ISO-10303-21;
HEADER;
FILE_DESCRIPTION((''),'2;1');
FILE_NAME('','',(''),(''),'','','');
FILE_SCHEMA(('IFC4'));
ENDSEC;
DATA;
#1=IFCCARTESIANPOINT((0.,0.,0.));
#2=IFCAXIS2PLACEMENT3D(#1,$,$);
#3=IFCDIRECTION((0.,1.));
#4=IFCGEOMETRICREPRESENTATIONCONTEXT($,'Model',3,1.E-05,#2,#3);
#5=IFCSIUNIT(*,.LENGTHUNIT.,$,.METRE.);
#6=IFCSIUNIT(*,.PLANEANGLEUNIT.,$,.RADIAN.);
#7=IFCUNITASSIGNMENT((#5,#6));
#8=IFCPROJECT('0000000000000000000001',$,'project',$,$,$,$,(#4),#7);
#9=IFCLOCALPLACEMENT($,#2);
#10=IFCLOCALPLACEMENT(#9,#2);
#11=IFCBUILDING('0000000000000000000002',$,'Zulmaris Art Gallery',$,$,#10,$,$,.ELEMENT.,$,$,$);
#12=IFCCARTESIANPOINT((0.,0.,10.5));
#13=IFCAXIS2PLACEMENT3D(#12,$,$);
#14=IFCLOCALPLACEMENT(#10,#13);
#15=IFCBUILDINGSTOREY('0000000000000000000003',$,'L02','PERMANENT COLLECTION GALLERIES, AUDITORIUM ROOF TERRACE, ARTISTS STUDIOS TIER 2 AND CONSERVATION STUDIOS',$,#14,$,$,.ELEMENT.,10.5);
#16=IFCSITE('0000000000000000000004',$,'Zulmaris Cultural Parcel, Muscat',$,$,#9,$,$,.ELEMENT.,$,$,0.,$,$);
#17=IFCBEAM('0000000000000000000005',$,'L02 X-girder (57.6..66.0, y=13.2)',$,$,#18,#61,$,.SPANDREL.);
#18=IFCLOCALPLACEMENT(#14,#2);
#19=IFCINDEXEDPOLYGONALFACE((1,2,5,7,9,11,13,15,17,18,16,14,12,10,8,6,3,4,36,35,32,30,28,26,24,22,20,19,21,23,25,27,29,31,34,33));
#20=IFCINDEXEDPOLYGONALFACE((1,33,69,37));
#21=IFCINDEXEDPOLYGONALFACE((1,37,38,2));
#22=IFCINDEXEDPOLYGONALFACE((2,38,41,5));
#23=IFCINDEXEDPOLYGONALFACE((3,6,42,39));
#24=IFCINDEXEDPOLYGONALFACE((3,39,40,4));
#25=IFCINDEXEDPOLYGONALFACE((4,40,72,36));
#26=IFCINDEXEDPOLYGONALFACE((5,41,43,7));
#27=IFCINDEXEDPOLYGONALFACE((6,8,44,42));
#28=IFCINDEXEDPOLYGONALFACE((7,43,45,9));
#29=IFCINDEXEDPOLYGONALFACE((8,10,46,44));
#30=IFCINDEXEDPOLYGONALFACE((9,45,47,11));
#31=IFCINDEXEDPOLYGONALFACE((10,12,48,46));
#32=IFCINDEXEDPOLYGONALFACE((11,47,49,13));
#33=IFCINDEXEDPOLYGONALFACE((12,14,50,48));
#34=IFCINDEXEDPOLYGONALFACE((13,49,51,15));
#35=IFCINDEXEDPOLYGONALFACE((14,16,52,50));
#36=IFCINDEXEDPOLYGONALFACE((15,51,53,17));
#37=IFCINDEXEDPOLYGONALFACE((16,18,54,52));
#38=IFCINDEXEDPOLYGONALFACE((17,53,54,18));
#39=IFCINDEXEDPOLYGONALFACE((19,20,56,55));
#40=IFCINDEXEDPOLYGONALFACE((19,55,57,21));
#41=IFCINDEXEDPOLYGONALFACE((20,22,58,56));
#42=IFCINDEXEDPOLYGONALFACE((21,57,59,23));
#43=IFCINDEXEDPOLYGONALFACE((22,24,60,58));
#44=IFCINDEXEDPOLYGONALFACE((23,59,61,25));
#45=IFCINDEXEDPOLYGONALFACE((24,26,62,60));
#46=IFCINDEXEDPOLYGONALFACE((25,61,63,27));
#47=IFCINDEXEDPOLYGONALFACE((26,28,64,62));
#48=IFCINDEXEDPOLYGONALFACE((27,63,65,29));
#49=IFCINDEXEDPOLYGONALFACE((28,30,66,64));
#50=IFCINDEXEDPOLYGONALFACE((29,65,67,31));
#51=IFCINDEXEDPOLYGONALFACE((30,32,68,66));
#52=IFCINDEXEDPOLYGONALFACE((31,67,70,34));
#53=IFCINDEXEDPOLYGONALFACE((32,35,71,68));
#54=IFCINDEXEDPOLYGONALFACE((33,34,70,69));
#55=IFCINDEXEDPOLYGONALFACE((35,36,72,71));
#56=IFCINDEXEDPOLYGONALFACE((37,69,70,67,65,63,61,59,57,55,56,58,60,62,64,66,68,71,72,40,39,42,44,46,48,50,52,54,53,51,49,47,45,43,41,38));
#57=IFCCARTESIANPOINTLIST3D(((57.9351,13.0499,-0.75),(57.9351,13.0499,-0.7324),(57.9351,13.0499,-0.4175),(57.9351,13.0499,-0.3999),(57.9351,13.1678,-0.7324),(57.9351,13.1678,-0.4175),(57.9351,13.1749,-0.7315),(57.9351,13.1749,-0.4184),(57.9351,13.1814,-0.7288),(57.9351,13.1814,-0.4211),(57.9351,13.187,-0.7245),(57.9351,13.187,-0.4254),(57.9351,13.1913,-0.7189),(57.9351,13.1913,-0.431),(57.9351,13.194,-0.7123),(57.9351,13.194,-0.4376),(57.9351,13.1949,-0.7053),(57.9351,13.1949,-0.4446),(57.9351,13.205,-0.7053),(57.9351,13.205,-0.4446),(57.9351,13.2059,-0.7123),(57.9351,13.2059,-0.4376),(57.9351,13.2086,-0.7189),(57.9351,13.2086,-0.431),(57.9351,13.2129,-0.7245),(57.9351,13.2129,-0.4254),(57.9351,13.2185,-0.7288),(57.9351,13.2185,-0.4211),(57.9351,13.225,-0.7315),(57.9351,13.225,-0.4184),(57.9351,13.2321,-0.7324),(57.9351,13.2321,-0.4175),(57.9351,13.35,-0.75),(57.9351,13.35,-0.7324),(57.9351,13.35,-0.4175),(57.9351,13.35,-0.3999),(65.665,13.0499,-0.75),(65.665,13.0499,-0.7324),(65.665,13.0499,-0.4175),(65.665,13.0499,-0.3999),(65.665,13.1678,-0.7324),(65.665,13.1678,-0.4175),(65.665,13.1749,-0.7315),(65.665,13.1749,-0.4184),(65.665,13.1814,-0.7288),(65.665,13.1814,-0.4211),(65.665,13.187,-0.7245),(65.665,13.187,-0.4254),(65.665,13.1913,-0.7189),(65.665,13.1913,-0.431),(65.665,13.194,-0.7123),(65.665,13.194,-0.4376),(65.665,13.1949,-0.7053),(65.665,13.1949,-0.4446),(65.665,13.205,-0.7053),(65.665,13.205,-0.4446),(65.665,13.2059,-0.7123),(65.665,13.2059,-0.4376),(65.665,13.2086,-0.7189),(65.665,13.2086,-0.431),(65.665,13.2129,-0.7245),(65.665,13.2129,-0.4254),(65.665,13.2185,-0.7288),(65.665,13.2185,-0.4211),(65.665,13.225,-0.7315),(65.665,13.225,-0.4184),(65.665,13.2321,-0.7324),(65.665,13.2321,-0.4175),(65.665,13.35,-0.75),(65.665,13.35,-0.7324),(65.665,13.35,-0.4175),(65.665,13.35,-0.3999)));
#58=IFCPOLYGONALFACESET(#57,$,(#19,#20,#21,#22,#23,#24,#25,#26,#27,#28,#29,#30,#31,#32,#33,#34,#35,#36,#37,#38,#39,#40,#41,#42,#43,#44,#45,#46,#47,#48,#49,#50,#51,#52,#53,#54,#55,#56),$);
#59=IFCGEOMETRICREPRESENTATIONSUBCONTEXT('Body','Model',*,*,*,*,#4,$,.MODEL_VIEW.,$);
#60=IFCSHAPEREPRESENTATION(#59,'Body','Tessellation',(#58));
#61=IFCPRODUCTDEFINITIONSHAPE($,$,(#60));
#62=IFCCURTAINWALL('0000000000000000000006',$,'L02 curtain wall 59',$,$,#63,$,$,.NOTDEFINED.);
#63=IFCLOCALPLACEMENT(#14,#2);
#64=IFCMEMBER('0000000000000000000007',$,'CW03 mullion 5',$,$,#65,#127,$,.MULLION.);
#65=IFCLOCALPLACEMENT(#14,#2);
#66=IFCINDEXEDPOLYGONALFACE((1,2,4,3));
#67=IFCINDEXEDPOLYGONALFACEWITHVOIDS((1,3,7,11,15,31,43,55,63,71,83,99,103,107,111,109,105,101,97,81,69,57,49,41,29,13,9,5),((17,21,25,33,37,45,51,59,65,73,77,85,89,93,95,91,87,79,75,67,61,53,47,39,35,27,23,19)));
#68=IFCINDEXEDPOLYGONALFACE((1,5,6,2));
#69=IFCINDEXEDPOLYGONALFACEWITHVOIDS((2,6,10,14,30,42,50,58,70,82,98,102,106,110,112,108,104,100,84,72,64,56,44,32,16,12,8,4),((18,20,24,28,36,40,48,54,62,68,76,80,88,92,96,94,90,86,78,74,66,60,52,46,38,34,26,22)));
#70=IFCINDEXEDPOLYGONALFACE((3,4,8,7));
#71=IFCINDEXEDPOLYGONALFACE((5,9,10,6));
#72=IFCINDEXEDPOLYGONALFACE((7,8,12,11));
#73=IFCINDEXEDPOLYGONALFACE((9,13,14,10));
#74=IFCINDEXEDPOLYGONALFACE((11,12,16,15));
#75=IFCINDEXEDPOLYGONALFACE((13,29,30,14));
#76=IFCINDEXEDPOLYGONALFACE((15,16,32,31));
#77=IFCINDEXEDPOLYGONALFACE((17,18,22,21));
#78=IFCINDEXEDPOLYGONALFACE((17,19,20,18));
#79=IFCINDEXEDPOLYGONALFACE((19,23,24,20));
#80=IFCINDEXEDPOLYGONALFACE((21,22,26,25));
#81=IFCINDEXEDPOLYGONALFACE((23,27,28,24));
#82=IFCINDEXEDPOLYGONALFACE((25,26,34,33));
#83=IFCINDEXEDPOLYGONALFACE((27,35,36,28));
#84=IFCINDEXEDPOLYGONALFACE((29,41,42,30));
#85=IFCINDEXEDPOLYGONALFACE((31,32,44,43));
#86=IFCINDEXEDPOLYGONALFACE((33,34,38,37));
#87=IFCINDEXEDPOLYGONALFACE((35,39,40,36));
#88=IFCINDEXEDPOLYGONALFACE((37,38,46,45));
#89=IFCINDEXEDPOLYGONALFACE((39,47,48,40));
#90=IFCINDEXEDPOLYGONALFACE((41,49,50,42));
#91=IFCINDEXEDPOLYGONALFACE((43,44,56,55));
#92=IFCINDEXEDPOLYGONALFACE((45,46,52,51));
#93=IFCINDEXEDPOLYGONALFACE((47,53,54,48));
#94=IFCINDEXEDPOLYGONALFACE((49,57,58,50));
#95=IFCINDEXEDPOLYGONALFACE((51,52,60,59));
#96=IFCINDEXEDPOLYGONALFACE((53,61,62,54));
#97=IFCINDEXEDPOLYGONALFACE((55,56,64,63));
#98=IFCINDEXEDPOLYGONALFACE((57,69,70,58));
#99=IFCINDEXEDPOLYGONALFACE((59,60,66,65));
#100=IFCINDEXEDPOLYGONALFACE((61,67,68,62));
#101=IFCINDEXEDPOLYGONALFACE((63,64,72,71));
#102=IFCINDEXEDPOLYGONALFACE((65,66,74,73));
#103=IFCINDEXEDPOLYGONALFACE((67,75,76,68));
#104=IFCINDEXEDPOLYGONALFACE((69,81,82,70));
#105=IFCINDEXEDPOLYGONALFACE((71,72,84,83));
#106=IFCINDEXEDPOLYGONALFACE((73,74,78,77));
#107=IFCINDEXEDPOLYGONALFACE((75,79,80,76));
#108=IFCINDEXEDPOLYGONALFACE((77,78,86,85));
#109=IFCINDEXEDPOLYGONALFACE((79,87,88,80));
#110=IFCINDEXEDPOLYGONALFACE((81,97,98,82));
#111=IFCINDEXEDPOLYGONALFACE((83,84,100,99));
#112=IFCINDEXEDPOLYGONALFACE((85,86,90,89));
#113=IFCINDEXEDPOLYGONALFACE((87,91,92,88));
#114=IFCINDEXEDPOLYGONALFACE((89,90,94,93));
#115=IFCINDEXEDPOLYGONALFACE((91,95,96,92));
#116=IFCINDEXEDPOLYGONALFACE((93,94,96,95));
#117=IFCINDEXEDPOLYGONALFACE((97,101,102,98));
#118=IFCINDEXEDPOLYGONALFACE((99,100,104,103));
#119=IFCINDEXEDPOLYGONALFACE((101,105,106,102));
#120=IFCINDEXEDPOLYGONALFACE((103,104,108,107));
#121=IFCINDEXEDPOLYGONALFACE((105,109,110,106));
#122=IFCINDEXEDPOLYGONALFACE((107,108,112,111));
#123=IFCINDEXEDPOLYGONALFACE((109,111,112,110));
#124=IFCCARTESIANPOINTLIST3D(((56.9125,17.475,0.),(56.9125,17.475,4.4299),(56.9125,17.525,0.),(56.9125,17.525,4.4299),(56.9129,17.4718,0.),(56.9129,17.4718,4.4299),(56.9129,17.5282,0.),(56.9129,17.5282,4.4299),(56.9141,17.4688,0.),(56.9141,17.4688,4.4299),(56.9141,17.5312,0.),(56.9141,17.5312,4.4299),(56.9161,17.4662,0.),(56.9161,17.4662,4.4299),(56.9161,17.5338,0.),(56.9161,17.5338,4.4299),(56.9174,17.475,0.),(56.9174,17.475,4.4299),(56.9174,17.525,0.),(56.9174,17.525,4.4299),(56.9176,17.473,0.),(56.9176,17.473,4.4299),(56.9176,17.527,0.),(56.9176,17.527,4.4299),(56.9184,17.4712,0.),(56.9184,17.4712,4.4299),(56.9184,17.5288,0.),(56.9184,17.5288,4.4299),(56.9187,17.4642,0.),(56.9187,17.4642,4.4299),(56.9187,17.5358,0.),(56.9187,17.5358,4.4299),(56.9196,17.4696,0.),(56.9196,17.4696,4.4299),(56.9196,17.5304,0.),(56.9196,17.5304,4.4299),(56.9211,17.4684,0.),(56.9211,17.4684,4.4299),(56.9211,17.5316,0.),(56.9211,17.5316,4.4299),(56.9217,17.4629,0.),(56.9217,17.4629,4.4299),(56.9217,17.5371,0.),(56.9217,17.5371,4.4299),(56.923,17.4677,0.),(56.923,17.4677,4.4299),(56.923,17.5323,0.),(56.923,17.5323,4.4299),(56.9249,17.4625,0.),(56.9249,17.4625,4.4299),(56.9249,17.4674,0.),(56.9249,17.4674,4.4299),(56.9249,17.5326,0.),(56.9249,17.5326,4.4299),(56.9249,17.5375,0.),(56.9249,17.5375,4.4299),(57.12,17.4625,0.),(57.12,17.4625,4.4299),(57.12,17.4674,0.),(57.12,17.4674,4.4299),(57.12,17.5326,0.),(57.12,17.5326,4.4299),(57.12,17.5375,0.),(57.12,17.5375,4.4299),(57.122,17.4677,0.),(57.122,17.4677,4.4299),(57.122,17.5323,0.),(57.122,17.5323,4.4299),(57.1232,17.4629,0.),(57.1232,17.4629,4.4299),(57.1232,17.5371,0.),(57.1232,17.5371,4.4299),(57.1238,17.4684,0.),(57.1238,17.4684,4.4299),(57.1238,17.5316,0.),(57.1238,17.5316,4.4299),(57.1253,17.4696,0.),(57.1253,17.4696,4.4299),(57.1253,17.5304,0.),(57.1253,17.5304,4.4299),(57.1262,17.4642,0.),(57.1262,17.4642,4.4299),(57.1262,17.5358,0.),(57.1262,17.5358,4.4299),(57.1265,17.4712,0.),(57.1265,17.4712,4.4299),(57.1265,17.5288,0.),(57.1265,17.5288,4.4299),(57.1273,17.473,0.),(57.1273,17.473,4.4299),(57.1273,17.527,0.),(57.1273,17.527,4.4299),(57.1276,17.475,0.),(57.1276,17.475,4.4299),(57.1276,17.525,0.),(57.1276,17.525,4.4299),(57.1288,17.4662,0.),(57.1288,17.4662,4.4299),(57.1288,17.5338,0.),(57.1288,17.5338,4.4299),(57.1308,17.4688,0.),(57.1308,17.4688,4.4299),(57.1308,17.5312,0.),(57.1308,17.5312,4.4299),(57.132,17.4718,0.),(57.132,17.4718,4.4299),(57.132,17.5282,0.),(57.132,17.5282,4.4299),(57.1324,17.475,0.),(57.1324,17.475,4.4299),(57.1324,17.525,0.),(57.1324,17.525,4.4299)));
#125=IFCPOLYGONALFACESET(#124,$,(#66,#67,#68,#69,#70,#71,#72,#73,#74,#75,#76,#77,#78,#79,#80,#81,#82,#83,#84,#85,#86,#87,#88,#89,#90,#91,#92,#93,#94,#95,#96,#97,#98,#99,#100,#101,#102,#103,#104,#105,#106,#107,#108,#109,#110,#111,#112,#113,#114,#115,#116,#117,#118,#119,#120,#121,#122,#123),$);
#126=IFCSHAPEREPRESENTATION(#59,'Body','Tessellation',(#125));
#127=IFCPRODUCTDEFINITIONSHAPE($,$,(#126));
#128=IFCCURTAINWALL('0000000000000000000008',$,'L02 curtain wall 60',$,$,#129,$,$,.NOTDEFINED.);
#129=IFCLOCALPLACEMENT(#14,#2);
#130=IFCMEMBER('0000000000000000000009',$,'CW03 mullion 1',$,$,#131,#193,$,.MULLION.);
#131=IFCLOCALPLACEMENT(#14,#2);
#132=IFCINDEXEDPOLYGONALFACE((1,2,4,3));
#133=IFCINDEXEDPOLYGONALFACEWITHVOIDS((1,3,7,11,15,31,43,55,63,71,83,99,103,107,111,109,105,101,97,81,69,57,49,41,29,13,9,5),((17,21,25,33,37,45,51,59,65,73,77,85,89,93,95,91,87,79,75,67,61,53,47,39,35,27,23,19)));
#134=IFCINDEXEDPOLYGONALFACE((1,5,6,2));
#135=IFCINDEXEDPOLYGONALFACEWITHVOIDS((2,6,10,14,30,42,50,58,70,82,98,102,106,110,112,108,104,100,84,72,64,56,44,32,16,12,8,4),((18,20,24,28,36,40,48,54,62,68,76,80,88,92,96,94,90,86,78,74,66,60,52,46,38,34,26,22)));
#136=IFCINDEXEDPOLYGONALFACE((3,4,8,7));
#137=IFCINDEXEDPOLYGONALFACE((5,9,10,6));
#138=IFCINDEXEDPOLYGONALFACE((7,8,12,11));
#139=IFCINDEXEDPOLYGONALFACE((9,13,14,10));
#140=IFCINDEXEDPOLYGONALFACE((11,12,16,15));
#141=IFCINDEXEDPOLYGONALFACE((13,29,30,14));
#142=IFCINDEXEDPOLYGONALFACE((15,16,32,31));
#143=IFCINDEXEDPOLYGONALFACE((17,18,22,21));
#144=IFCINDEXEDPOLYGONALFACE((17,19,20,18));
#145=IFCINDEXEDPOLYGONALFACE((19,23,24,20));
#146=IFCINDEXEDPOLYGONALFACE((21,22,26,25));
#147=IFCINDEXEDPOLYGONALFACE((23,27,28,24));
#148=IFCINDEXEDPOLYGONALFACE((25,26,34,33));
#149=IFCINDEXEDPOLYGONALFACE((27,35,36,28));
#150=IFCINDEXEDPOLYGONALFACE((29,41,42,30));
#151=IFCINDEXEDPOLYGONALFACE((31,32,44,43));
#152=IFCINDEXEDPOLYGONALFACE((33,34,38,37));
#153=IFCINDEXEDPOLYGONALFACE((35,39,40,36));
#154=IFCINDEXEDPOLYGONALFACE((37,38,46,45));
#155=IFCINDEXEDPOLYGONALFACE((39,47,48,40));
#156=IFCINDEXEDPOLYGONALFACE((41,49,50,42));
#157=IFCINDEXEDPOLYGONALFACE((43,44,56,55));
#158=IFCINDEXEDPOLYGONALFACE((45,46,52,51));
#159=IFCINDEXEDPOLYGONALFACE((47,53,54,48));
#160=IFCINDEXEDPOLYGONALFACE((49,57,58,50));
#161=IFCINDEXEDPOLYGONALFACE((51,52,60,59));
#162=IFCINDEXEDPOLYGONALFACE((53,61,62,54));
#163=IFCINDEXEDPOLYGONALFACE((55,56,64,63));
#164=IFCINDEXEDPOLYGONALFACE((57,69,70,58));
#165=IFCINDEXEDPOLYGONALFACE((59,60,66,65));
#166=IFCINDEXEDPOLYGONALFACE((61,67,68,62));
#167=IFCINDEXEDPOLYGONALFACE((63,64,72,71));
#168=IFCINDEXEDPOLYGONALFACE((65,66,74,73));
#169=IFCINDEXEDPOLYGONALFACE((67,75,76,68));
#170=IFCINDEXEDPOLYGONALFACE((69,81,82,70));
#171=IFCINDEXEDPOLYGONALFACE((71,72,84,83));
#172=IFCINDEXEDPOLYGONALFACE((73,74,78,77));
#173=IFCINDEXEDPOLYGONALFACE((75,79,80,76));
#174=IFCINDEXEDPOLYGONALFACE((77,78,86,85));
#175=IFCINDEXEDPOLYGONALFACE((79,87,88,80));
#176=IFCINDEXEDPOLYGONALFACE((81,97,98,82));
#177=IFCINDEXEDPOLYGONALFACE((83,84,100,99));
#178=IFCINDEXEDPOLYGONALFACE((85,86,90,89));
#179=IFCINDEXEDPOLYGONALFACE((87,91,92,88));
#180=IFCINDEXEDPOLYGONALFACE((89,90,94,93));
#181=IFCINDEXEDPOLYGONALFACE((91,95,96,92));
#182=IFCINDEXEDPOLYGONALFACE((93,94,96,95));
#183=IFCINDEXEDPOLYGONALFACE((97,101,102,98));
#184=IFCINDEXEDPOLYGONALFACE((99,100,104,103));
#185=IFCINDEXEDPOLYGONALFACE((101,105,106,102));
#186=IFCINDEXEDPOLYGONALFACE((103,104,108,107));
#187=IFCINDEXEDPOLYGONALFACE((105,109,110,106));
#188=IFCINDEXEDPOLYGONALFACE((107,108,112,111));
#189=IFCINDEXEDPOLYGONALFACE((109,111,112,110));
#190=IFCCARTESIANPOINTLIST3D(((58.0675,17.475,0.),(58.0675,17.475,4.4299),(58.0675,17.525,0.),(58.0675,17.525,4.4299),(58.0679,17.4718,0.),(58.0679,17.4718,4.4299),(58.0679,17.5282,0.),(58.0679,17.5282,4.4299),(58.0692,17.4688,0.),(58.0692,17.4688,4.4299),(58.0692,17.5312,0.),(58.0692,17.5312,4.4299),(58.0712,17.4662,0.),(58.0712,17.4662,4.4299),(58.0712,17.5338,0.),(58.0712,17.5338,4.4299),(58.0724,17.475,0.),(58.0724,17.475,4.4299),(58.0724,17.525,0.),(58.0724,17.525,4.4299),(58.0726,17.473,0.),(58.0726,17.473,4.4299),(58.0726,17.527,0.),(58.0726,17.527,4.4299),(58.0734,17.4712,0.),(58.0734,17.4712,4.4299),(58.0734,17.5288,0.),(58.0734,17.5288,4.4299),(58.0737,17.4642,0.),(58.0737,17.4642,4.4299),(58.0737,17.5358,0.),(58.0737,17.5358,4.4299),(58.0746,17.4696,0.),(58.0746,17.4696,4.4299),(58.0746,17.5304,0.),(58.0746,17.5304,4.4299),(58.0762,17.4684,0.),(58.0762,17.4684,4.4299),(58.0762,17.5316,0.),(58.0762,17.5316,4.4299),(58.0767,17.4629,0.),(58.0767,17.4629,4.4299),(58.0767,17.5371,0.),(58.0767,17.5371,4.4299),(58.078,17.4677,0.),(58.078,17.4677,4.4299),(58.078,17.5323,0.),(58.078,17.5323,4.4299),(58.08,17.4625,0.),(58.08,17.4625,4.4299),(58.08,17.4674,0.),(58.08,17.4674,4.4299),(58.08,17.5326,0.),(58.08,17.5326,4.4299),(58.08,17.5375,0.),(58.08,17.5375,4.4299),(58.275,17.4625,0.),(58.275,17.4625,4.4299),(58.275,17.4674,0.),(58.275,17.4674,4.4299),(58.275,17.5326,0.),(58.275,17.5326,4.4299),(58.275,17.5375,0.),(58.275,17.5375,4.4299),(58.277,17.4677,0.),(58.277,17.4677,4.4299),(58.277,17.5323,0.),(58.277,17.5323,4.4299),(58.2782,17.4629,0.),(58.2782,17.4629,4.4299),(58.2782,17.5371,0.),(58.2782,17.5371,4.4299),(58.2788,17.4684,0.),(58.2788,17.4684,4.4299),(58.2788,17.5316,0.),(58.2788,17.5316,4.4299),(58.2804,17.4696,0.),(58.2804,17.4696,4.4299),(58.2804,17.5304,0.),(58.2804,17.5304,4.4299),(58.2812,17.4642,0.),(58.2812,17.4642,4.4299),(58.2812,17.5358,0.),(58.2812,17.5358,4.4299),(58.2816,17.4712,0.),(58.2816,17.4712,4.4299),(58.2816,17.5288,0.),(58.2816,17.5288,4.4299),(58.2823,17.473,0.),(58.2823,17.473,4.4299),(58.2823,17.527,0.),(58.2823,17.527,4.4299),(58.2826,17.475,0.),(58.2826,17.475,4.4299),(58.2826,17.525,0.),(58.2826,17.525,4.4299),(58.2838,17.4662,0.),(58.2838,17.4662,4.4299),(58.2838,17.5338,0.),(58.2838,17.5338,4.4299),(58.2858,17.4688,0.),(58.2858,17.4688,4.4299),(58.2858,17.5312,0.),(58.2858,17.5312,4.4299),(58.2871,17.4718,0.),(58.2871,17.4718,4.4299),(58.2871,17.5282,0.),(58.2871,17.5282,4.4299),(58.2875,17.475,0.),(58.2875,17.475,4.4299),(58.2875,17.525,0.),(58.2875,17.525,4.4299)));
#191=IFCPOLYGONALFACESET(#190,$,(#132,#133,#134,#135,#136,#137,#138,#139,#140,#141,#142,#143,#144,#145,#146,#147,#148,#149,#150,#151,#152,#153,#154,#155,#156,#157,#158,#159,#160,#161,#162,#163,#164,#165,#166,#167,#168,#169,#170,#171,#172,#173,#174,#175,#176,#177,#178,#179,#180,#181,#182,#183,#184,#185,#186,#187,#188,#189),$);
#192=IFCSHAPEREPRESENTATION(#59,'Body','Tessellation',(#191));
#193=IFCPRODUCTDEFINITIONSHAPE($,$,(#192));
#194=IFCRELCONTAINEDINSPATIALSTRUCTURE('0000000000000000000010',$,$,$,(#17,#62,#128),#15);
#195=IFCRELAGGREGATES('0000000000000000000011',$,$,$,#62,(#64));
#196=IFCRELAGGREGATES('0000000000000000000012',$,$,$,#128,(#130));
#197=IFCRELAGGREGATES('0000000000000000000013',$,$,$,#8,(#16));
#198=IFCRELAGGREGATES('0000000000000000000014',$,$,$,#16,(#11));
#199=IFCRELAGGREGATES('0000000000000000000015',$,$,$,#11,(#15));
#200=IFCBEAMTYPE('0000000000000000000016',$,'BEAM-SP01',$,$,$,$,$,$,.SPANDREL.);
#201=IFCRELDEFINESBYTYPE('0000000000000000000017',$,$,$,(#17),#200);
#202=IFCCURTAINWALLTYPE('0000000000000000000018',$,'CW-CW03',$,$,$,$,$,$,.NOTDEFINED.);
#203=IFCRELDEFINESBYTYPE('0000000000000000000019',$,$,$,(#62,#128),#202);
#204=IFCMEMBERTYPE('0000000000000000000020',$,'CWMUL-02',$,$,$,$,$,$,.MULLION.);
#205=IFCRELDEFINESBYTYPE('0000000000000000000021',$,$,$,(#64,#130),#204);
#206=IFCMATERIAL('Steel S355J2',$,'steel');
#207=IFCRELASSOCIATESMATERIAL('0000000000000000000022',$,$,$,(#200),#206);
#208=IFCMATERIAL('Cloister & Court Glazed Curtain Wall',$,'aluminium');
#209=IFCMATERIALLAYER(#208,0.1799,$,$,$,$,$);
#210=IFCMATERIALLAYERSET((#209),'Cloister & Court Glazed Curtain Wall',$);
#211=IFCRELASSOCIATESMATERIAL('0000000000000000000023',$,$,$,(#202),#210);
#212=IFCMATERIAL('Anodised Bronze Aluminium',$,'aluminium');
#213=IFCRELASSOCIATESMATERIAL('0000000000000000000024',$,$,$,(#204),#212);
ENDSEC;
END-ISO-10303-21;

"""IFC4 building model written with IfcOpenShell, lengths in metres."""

from ifc_helpers import new_model, si_unit, direction, frame, origin, origin_2d, place, context, subcontext, project, spatial, hollow_rectangle, i_section, extrude, material, layer, layer_set, material_profile, profile_set, type_object, element, aggregate, save


model = new_model("IFC4")

# Units and contexts
model_context = context("Model", 3, precision=1e-05, world=origin(), true_north=direction((0.0, 1.0)))
body_context = subcontext(model_context, "Body", "Model", "MODEL_VIEW")
ifc_project = project(units=[si_unit("LENGTHUNIT", "METRE"), si_unit("PLANEANGLEUNIT", "RADIAN")], contexts=[model_context])

# Site, building, storey
site_placement = place(None, origin())
site = spatial("IfcSite", under=ifc_project, at=site_placement, Name="Zulmaris Cultural Parcel, Muscat", CompositionType="ELEMENT", RefElevation=0.0)
building_placement = place(site_placement, origin())
building = spatial("IfcBuilding", under=site, at=building_placement, Name="Zulmaris Art Gallery", CompositionType="ELEMENT")
storey_placement = place(building_placement, frame((0.0, 0.0, 10.5)))
storey = spatial("IfcBuildingStorey", under=building, at=storey_placement, Name="L02", Description="PERMANENT COLLECTION GALLERIES, AUDITORIUM ROOF TERRACE, ARTISTS STUDIOS TIER 2 AND CONSERVATION STUDIOS", CompositionType="ELEMENT", Elevation=10.5)

# Beam
ifc_material_1 = material(Name="Steel S355J2", Category="steel")
ifc_material_profile_1 = material_profile(ifc_material_1, i_section(OverallWidth=0.3, OverallDepth=0.3501, WebThickness=0.01, FlangeThickness=0.0176, FilletRadius=0.0271, at=origin_2d()), Name="HEA 360")
ifc_profile_set_1 = profile_set([ifc_material_profile_1], Name="Steel S355J2")
beam_type_1 = type_object("IfcBeamType", Name="BEAM-SP01", PredefinedType="SPANDREL", material=ifc_profile_set_1)
beam_1_placement = place(storey_placement, frame((57.9351, 13.2, -0.575), z_axis=(1.0, 0.0, 0.0), x_axis=(0.0, 1.0, 0.0)))
element("IfcBeam", 1, at=beam_1_placement, inside=storey, type_object=beam_type_1, Name="L02 X-girder (57.6..66.0, y=13.2)", PredefinedType="SPANDREL", context=body_context, shape_type="SweptSolid", body=[
    extrude(i_section(OverallWidth=0.3, OverallDepth=0.3501, WebThickness=0.01, FlangeThickness=0.0176, FilletRadius=0.0271, at=origin_2d()), origin(), (0.0, 0.0, 1.0), 7.73),
])

# Curtain wall, member
ifc_material_2 = material(Name="Cloister & Court Glazed Curtain Wall", Category="aluminium")
ifc_layer_1 = layer(ifc_material_2, 0.1799)
ifc_layer_set_1 = layer_set([ifc_layer_1], Name="Cloister & Court Glazed Curtain Wall")
curtain_wall_type = type_object("IfcCurtainWallType", Name="CW-CW03", PredefinedType="NOTDEFINED", material=ifc_layer_set_1)
curtain_wall_1_placement = place(storey_placement, origin())
curtain_wall_1 = element("IfcCurtainWall", 2, at=curtain_wall_1_placement, inside=storey, type_object=curtain_wall_type, Name="L02 curtain wall 59", PredefinedType="NOTDEFINED")
ifc_material_3 = material(Name="Anodised Bronze Aluminium", Category="aluminium")
ifc_material_profile_2 = material_profile(ifc_material_3, hollow_rectangle(XDim=0.075, YDim=0.22, WallThickness=0.0049, InnerFilletRadius=0.0076, OuterFilletRadius=0.0125, at=origin_2d()), Name="ALU 75x220x5")
ifc_profile_set_2 = profile_set([ifc_material_profile_2], Name="Anodised Bronze Aluminium")
member_type_1 = type_object("IfcMemberType", Name="CWMUL-02", PredefinedType="MULLION", material=ifc_profile_set_2)
member_1_placement = place(storey_placement, frame((57.0225, 17.5, 0.0), z_axis=(0.0, 0.0, 1.0), x_axis=(0.0, 1.0, 0.0)))
member_1 = element("IfcMember", 3, at=member_1_placement, type_object=member_type_1, Name="CW03 mullion 5", PredefinedType="MULLION", context=body_context, shape_type="SweptSolid", body=[
    extrude(hollow_rectangle(XDim=0.075, YDim=0.22, WallThickness=0.0049, InnerFilletRadius=0.0076, OuterFilletRadius=0.0125, at=origin_2d()), origin(), (0.0, 0.0, 1.0), 4.4299),
])
aggregate(curtain_wall_1, [member_1])

# Curtain wall, member
curtain_wall_2_placement = place(storey_placement, origin())
curtain_wall_2 = element("IfcCurtainWall", 4, at=curtain_wall_2_placement, inside=storey, type_object=curtain_wall_type, Name="L02 curtain wall 60", PredefinedType="NOTDEFINED")
member_2_placement = place(storey_placement, frame((58.1775, 17.5, 0.0), z_axis=(0.0, 0.0, 1.0), x_axis=(0.0, 1.0, 0.0)))
member_2 = element("IfcMember", 5, at=member_2_placement, type_object=member_type_1, Name="CW03 mullion 1", PredefinedType="MULLION", context=body_context, shape_type="SweptSolid", body=[
    extrude(hollow_rectangle(XDim=0.075, YDim=0.22, WallThickness=0.0049, InnerFilletRadius=0.0076, OuterFilletRadius=0.0125, at=origin_2d()), origin(), (0.0, 0.0, 1.0), 4.4299),
])
aggregate(curtain_wall_2, [member_2])

save(model, "model.ifc")
